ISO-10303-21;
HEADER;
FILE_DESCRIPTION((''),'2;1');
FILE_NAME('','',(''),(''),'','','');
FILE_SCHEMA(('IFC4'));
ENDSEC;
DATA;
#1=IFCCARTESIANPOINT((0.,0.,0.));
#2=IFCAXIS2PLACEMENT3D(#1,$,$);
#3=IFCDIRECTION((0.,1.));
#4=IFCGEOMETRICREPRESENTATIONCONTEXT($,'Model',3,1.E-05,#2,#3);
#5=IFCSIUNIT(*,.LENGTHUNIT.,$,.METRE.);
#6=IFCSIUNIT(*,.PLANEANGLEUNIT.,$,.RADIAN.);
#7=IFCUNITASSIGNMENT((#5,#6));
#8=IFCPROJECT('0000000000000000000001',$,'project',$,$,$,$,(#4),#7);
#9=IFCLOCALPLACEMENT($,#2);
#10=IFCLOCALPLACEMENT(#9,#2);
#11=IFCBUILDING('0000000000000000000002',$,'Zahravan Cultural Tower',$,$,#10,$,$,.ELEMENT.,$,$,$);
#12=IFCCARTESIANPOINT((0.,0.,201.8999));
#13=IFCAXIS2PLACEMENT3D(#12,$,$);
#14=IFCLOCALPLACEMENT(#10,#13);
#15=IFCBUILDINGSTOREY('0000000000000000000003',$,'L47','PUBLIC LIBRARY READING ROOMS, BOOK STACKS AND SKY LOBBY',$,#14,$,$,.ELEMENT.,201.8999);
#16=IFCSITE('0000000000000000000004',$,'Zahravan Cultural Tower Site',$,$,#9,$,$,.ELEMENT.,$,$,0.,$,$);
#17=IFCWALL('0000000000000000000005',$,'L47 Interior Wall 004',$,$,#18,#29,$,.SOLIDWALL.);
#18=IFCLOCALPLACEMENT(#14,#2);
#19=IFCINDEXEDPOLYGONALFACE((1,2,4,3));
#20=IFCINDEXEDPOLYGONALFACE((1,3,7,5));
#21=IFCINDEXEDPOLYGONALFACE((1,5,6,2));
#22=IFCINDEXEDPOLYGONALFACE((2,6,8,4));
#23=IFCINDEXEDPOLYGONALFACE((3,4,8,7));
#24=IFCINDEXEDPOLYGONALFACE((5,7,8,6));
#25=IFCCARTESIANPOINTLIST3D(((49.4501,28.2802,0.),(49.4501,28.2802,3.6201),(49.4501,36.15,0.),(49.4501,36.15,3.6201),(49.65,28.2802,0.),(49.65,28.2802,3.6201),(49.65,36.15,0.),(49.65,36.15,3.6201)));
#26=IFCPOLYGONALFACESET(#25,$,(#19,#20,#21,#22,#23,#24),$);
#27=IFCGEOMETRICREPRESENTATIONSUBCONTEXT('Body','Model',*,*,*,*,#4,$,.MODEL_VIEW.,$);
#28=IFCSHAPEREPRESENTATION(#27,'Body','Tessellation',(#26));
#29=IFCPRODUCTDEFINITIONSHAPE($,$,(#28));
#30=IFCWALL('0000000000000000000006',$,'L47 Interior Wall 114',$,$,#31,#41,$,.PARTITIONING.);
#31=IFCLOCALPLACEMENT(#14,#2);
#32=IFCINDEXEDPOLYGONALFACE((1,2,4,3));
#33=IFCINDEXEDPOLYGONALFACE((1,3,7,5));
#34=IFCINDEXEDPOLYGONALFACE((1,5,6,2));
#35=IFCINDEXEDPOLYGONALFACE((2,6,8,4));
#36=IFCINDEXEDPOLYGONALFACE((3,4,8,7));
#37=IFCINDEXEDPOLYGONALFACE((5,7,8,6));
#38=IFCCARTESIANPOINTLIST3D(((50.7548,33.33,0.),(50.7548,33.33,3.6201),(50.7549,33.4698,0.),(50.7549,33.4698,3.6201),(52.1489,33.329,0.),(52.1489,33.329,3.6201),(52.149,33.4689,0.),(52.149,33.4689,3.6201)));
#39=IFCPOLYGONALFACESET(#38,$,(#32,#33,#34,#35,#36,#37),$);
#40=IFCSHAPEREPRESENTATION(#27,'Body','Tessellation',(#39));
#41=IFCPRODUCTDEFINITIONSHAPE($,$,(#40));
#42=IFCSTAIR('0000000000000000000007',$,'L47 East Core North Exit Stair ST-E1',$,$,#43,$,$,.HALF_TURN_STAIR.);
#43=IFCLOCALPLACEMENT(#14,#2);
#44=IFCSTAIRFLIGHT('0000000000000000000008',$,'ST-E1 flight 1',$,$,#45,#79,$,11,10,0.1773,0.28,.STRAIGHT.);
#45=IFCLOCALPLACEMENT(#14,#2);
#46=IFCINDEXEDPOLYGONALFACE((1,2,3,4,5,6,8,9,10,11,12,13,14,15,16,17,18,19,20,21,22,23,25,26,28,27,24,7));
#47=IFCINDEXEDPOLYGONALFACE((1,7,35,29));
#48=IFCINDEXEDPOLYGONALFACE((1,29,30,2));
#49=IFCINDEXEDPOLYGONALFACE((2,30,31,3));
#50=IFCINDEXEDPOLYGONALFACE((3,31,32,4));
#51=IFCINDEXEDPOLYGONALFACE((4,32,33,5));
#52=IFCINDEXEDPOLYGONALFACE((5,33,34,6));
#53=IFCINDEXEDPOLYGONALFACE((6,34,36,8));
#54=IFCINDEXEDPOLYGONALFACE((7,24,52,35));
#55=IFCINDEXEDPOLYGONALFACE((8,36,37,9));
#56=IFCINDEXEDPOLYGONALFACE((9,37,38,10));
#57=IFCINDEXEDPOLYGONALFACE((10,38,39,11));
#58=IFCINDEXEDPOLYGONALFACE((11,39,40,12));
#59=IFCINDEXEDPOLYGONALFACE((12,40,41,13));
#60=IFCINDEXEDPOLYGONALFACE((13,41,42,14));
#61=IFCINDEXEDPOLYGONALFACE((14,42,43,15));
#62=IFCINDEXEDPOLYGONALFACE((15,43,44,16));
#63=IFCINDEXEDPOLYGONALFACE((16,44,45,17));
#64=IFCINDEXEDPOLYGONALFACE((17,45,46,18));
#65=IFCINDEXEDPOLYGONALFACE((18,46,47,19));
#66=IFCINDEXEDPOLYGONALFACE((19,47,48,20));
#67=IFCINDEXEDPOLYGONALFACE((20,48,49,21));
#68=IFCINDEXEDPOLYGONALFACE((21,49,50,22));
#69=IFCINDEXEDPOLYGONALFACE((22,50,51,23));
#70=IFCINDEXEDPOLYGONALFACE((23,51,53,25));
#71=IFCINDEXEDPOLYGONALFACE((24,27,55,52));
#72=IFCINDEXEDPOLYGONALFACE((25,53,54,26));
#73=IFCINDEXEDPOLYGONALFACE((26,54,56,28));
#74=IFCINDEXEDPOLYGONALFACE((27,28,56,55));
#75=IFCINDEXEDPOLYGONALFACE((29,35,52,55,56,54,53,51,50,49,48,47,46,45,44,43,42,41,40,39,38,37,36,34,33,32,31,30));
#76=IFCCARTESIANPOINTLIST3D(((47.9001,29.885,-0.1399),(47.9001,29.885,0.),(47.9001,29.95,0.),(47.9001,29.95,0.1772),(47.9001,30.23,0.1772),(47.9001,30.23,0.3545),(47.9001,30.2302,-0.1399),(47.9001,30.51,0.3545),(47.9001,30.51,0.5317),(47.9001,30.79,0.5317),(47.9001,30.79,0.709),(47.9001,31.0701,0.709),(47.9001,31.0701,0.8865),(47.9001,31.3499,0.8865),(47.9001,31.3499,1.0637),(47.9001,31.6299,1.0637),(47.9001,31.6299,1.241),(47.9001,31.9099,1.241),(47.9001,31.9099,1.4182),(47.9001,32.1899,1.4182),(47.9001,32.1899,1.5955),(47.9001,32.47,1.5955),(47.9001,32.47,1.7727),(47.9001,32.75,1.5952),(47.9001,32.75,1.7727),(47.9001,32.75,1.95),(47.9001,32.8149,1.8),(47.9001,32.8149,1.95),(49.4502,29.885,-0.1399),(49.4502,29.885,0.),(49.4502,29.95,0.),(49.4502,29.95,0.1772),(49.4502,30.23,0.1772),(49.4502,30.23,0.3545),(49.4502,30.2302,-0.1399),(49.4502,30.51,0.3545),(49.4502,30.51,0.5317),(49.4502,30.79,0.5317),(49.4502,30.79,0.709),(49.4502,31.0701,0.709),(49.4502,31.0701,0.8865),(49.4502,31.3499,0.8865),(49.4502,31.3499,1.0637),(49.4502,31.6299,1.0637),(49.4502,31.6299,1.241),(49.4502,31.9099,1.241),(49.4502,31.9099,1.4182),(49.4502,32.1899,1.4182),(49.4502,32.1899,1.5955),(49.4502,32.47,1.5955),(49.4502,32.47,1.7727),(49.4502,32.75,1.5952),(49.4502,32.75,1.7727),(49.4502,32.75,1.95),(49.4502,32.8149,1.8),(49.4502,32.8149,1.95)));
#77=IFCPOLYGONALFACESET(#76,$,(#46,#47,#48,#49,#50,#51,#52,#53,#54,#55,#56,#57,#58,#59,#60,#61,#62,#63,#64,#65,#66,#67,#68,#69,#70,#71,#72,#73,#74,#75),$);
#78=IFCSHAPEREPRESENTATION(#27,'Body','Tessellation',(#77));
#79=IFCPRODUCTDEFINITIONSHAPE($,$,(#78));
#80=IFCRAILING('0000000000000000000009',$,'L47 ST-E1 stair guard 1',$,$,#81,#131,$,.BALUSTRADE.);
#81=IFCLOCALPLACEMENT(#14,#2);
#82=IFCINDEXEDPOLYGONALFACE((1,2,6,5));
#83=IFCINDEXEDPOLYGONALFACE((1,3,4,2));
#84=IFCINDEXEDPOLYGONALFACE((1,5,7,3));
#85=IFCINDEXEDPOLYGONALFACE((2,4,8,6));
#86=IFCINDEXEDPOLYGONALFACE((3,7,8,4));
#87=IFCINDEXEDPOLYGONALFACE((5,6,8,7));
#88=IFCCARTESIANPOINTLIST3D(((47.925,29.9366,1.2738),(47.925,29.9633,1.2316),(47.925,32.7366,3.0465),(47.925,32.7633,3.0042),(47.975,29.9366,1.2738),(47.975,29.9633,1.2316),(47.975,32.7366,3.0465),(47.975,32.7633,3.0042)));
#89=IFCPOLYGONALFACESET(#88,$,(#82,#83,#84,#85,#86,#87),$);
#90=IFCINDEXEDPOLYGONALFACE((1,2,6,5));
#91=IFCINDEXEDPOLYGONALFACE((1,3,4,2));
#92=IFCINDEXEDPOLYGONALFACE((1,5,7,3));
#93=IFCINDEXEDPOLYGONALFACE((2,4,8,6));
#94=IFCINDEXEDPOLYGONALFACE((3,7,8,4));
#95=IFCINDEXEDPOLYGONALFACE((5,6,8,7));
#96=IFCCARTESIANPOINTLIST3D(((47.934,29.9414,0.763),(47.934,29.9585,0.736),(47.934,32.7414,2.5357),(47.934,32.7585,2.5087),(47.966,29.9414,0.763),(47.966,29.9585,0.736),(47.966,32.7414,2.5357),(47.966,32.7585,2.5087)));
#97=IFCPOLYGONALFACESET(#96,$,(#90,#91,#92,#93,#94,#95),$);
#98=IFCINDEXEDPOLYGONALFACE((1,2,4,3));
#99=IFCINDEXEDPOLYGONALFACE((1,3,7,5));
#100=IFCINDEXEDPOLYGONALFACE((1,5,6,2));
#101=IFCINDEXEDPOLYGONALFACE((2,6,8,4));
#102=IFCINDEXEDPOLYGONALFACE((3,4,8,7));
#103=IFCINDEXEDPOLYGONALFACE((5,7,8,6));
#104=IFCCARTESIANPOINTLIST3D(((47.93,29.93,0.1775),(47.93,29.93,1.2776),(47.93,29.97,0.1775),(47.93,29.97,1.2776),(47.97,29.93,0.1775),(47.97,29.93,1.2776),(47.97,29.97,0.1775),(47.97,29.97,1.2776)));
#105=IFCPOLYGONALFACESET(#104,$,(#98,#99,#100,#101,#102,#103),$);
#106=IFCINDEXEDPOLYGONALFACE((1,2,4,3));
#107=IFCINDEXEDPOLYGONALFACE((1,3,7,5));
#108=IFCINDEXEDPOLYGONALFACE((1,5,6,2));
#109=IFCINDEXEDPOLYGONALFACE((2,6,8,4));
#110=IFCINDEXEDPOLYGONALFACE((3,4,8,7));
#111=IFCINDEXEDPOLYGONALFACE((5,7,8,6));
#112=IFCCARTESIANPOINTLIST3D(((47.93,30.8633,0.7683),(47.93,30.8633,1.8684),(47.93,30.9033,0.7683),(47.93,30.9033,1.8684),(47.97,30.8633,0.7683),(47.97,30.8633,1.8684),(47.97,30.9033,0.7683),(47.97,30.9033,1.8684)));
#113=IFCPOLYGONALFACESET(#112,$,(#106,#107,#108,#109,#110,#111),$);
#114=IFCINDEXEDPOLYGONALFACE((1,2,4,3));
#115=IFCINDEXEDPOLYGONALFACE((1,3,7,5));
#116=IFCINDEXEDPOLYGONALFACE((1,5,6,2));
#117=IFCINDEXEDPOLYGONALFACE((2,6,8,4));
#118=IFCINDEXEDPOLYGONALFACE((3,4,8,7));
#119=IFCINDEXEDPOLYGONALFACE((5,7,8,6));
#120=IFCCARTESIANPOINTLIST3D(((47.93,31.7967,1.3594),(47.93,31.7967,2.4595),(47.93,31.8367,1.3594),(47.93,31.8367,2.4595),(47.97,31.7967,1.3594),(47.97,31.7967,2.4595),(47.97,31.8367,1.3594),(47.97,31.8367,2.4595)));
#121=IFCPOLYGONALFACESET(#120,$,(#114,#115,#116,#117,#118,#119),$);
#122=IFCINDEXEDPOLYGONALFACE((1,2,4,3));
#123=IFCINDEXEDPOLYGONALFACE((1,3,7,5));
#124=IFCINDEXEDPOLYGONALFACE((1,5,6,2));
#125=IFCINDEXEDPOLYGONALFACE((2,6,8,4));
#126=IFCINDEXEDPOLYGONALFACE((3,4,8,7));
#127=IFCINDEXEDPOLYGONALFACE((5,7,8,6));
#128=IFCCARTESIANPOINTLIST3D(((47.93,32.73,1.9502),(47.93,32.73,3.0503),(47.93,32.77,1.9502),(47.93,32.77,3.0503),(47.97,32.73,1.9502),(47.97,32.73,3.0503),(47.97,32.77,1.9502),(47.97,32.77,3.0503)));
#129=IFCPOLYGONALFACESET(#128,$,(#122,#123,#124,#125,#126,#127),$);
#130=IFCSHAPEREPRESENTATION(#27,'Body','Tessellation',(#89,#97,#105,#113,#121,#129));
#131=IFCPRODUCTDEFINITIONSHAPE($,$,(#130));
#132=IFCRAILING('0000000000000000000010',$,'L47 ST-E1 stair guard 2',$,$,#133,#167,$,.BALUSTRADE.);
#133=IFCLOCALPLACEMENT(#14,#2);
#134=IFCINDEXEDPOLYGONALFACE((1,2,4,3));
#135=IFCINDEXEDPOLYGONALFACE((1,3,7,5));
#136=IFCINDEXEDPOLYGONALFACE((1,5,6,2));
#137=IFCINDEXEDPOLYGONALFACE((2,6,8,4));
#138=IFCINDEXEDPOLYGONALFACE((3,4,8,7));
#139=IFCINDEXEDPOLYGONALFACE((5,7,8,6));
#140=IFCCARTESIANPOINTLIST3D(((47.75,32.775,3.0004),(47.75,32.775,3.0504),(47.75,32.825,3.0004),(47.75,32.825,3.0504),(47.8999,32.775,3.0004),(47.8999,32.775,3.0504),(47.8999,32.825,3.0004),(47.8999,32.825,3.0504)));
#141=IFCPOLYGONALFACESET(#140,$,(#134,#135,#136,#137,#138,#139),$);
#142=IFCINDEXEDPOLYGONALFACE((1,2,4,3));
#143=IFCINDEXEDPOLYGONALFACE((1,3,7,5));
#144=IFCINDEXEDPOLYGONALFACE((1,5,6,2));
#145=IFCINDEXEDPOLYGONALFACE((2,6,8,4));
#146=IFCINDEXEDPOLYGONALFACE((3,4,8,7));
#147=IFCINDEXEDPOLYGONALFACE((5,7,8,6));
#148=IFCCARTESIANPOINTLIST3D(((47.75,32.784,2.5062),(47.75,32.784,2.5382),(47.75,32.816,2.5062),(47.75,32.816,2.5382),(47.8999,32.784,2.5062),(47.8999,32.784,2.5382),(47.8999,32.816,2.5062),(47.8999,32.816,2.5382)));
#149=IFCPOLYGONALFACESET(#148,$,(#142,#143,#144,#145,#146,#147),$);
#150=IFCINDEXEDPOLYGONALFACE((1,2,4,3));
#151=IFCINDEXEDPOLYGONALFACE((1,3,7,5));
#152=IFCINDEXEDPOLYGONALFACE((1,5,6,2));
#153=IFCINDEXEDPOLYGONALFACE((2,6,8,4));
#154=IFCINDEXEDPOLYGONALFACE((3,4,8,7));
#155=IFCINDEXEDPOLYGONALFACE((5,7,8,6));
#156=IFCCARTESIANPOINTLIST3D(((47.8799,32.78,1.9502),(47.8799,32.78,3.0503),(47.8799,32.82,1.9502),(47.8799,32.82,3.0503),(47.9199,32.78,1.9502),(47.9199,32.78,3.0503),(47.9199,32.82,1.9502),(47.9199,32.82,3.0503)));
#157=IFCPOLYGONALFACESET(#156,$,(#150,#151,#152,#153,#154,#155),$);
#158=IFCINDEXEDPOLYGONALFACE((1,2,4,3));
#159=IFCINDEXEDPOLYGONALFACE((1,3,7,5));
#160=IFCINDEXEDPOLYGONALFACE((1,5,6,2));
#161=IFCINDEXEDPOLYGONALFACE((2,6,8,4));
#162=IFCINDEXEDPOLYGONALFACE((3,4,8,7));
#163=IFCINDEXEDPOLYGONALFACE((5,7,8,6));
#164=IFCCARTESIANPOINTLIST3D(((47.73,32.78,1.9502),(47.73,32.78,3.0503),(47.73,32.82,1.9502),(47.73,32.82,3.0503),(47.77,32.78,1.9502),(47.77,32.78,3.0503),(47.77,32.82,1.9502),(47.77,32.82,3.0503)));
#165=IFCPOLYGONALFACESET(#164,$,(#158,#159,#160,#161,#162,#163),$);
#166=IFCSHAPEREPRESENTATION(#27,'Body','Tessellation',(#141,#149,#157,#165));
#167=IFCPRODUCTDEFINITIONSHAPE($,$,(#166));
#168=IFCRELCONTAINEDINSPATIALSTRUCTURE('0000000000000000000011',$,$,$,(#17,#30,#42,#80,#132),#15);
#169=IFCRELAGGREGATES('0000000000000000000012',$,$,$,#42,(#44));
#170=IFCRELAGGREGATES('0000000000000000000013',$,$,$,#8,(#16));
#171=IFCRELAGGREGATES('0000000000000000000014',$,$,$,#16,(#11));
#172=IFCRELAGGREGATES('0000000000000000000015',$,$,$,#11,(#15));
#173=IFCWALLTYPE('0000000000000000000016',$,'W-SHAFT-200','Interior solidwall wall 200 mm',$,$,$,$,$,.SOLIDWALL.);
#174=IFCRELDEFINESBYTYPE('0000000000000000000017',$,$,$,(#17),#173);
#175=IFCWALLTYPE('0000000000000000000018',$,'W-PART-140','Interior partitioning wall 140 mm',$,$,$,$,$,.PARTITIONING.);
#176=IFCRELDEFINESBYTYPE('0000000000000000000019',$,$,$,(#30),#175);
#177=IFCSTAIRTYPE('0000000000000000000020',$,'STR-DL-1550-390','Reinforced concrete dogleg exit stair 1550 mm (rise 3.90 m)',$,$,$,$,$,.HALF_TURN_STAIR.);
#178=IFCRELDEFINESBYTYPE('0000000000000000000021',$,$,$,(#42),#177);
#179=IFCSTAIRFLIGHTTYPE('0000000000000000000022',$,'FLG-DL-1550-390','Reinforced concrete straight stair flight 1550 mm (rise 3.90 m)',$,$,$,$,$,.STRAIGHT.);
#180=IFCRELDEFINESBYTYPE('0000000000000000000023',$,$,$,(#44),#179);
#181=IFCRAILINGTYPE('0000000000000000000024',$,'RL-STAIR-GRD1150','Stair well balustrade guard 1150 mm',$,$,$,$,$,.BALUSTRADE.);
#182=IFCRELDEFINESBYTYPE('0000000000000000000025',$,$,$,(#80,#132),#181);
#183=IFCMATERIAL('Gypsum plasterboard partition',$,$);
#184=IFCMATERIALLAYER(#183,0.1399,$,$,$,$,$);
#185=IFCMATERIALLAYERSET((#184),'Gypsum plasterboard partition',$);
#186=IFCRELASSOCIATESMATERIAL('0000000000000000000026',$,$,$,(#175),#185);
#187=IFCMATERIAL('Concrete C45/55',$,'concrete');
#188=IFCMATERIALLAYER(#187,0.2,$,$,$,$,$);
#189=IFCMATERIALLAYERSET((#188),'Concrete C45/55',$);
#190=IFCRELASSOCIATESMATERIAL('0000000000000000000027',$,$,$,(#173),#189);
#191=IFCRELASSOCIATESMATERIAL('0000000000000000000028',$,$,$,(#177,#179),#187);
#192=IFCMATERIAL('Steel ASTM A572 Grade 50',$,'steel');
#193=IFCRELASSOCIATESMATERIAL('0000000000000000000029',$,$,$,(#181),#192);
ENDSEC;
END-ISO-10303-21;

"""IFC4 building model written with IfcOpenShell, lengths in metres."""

from ifc_helpers import new_model, si_unit, direction, frame, frame_2d, origin, origin_2d, place, context, subcontext, project, spatial, polyline, rectangle, outline, extrude, source, transform, mapped, material, layer, layer_set, type_object, element, aggregate, save


model = new_model("IFC4")

# Units and contexts
model_context = context("Model", 3, precision=1e-05, world=origin(), true_north=direction((0.0, 1.0)))
body_context = subcontext(model_context, "Body", "Model", "MODEL_VIEW")
ifc_project = project(units=[si_unit("LENGTHUNIT", "METRE"), si_unit("PLANEANGLEUNIT", "RADIAN")], contexts=[model_context])

# Site, building, storey
site_placement = place(None, origin())
site = spatial("IfcSite", under=ifc_project, at=site_placement, Name="Zahravan Cultural Tower Site", CompositionType="ELEMENT", RefElevation=0.0)
building_placement = place(site_placement, origin())
building = spatial("IfcBuilding", under=site, at=building_placement, Name="Zahravan Cultural Tower", CompositionType="ELEMENT")
storey_placement = place(building_placement, frame((0.0, 0.0, 201.8999)))
storey = spatial("IfcBuildingStorey", under=building, at=storey_placement, Name="L47", Description="PUBLIC LIBRARY READING ROOMS, BOOK STACKS AND SKY LOBBY", CompositionType="ELEMENT", Elevation=201.8999)

# Shared definitions
ifc_material_1 = material(Name="Gypsum plasterboard partition")
ifc_layer_1 = layer(ifc_material_1, 0.1399)
ifc_layer_set_1 = layer_set([ifc_layer_1], Name="Gypsum plasterboard partition")
wall_type_1 = type_object("IfcWallType", Name="W-PART-140", Description="Interior partitioning wall 140 mm", PredefinedType="PARTITIONING", material=ifc_layer_set_1)

# Walls
ifc_material_2 = material(Name="Concrete C45/55", Category="concrete")
ifc_layer_2 = layer(ifc_material_2, 0.2)
ifc_layer_set_2 = layer_set([ifc_layer_2], Name="Concrete C45/55")
wall_type_2 = type_object("IfcWallType", Name="W-SHAFT-200", Description="Interior solidwall wall 200 mm", PredefinedType="SOLIDWALL", material=ifc_layer_set_2)
shared_shape_1 = source(origin(), body_context, "Body", "SweptSolid", [
    extrude(rectangle(XDim=7.8699, YDim=0.2, at=frame_2d((3.9351, 0.0))), origin(), (0.0, 0.0, 1.0), 3.6201),
])
wall_1_placement = place(storey_placement, frame((49.55, 28.28, 0.0), z_axis=(0.0, 0.0, 1.0), x_axis=(0.0, 1.0, 0.0)))
element("IfcWall", 1, at=wall_1_placement, inside=storey, type_object=wall_type_2, Name="L47 Interior Wall 004", PredefinedType="SOLIDWALL", context=body_context, shape_type="MappedRepresentation", body=[
    mapped(shared_shape_1, transform((0.0, 0.0, 0.0), x_axis=(1.0, 0.0, 0.0), y_axis=(0.0, 1.0, 0.0), z_axis=(0.0, 0.0, 1.0), scale=1.0)),
])
shared_shape_2 = source(origin(), body_context, "Body", "SweptSolid", [
    extrude(rectangle(XDim=1.394, YDim=0.1399, at=frame_2d((0.697, 0.0))), origin(), (0.0, 0.0, 1.0), 3.6201),
])
wall_2_placement = place(storey_placement, frame((52.1489, 33.3989, 0.0), z_axis=(0.0, 0.0, 1.0), x_axis=(-1.0, 0.000701, 0.0)))
element("IfcWall", 2, at=wall_2_placement, inside=storey, type_object=wall_type_1, Name="L47 Interior Wall 114", PredefinedType="PARTITIONING", context=body_context, shape_type="MappedRepresentation", body=[
    mapped(shared_shape_2, transform((0.0, 0.0, 0.0), x_axis=(1.0, 0.0, 0.0), y_axis=(0.0, 1.0, 0.0), z_axis=(0.0, 0.0, 1.0), scale=1.0)),
])

# Stair, stair flight
stair_type = type_object("IfcStairType", Name="STR-DL-1550-390", Description="Reinforced concrete dogleg exit stair 1550 mm (rise 3.90 m)", PredefinedType="HALF_TURN_STAIR", material=ifc_material_2)
stair_placement = place(storey_placement, origin())
stair = element("IfcStair", 3, at=stair_placement, inside=storey, type_object=stair_type, Name="L47 East Core North Exit Stair ST-E1", PredefinedType="HALF_TURN_STAIR")
stair_flight_type = type_object("IfcStairFlightType", Name="FLG-DL-1550-390", Description="Reinforced concrete straight stair flight 1550 mm (rise 3.90 m)", PredefinedType="STRAIGHT", material=ifc_material_2)
stair_flight_placement = place(storey_placement, frame((48.675, 29.95, 0.0), z_axis=(0.0, 0.0, 1.0), x_axis=(0.0, 1.0, 0.0)))
stair_flight = element("IfcStairFlight", 4, at=stair_flight_placement, type_object=stair_flight_type, Name="ST-E1 flight 1", NumberOfRisers=11, NumberOfTreads=10, PredefinedType="STRAIGHT", RiserHeight=0.1773, TreadLength=0.28, context=body_context, shape_type="SweptSolid", body=[
    extrude(outline(polyline([(-0.0649, -0.1399), (-0.0649, 0.0), (0.0, 0.0), (0.0, 0.1772), (0.28, 0.1772), (0.28, 0.3545), (0.5601, 0.3545), (0.5601, 0.5317), (0.8401, 0.5317), (0.8401, 0.709), (1.1201, 0.709), (1.1201, 0.8865), (1.3999, 0.8865), (1.3999, 1.0637), (1.6799, 1.0637), (1.6799, 1.241), (1.96, 1.241), (1.96, 1.4182), (2.24, 1.4182), (2.24, 1.5955), (2.52, 1.5955), (2.52, 1.7727), (2.8, 1.7727), (2.8, 1.95), (2.865, 1.95), (2.865, 1.8), (2.8, 1.5952), (0.2803, -0.1399), (-0.0649, -0.1399)])), frame((0.0, 0.7749, 0.0), z_axis=(0.0, -1.0, 0.0), x_axis=(1.0, 0.0, 0.0)), (0.0, 0.0, 1.0), 1.55),
])
aggregate(stair, [stair_flight])

# Railings
ifc_material_3 = material(Name="Steel ASTM A572 Grade 50", Category="steel")
railing_type_1 = type_object("IfcRailingType", Name="RL-STAIR-GRD1150", Description="Stair well balustrade guard 1150 mm", PredefinedType="BALUSTRADE", material=ifc_material_3)
railing_1_placement = place(storey_placement, frame((47.95, 29.95, 0.1775)))
element("IfcRailing", 5, at=railing_1_placement, inside=storey, type_object=railing_type_1, Name="L47 ST-E1 stair guard 1", PredefinedType="BALUSTRADE", context=body_context, shape_type="SweptSolid", body=[
    extrude(rectangle(XDim=0.05, YDim=0.05, at=origin_2d()), frame((0.0, 0.0, 1.0752), z_axis=(0.0, 0.844909, 0.53491), x_axis=(-1.0, 0.0, 0.0)), (0.0, 0.0, 1.0), 3.314),
    extrude(rectangle(XDim=0.032, YDim=0.032, at=origin_2d()), frame((0.0, 0.0, 0.572), z_axis=(0.0, 0.844909, 0.53491), x_axis=(-1.0, 0.0, 0.0)), (0.0, 0.0, 1.0), 3.314),
    extrude(rectangle(XDim=0.04, YDim=0.04, at=origin_2d()), origin(), (0.0, 0.0, 1.0), 1.1001),
    extrude(rectangle(XDim=0.04, YDim=0.04, at=origin_2d()), frame((0.0, 0.9333, 0.5908)), (0.0, 0.0, 1.0), 1.1001),
    extrude(rectangle(XDim=0.04, YDim=0.04, at=origin_2d()), frame((0.0, 1.8667, 1.1819)), (0.0, 0.0, 1.0), 1.1001),
    extrude(rectangle(XDim=0.04, YDim=0.04, at=origin_2d()), frame((0.0, 2.8, 1.7727)), (0.0, 0.0, 1.0), 1.1001),
])
railing_2_placement = place(storey_placement, frame((47.8999, 32.8, 1.9502)))
element("IfcRailing", 6, at=railing_2_placement, inside=storey, type_object=railing_type_1, Name="L47 ST-E1 stair guard 2", PredefinedType="BALUSTRADE", context=body_context, shape_type="SweptSolid", body=[
    extrude(rectangle(XDim=0.05, YDim=0.05, at=origin_2d()), frame((0.0, 0.0, 1.0752), z_axis=(-1.0, 0.0, 0.0), x_axis=(0.0, -1.0, 0.0)), (0.0, 0.0, 1.0), 0.1499),
    extrude(rectangle(XDim=0.032, YDim=0.032, at=origin_2d()), frame((0.0, 0.0, 0.572), z_axis=(-1.0, 0.0, 0.0), x_axis=(0.0, -1.0, 0.0)), (0.0, 0.0, 1.0), 0.1499),
    extrude(rectangle(XDim=0.04, YDim=0.04, at=origin_2d()), origin(), (0.0, 0.0, 1.0), 1.1001),
    extrude(rectangle(XDim=0.04, YDim=0.04, at=origin_2d()), frame((-0.1499, 0.0, 0.0)), (0.0, 0.0, 1.0), 1.1001),
])

save(model, "model.ifc")
